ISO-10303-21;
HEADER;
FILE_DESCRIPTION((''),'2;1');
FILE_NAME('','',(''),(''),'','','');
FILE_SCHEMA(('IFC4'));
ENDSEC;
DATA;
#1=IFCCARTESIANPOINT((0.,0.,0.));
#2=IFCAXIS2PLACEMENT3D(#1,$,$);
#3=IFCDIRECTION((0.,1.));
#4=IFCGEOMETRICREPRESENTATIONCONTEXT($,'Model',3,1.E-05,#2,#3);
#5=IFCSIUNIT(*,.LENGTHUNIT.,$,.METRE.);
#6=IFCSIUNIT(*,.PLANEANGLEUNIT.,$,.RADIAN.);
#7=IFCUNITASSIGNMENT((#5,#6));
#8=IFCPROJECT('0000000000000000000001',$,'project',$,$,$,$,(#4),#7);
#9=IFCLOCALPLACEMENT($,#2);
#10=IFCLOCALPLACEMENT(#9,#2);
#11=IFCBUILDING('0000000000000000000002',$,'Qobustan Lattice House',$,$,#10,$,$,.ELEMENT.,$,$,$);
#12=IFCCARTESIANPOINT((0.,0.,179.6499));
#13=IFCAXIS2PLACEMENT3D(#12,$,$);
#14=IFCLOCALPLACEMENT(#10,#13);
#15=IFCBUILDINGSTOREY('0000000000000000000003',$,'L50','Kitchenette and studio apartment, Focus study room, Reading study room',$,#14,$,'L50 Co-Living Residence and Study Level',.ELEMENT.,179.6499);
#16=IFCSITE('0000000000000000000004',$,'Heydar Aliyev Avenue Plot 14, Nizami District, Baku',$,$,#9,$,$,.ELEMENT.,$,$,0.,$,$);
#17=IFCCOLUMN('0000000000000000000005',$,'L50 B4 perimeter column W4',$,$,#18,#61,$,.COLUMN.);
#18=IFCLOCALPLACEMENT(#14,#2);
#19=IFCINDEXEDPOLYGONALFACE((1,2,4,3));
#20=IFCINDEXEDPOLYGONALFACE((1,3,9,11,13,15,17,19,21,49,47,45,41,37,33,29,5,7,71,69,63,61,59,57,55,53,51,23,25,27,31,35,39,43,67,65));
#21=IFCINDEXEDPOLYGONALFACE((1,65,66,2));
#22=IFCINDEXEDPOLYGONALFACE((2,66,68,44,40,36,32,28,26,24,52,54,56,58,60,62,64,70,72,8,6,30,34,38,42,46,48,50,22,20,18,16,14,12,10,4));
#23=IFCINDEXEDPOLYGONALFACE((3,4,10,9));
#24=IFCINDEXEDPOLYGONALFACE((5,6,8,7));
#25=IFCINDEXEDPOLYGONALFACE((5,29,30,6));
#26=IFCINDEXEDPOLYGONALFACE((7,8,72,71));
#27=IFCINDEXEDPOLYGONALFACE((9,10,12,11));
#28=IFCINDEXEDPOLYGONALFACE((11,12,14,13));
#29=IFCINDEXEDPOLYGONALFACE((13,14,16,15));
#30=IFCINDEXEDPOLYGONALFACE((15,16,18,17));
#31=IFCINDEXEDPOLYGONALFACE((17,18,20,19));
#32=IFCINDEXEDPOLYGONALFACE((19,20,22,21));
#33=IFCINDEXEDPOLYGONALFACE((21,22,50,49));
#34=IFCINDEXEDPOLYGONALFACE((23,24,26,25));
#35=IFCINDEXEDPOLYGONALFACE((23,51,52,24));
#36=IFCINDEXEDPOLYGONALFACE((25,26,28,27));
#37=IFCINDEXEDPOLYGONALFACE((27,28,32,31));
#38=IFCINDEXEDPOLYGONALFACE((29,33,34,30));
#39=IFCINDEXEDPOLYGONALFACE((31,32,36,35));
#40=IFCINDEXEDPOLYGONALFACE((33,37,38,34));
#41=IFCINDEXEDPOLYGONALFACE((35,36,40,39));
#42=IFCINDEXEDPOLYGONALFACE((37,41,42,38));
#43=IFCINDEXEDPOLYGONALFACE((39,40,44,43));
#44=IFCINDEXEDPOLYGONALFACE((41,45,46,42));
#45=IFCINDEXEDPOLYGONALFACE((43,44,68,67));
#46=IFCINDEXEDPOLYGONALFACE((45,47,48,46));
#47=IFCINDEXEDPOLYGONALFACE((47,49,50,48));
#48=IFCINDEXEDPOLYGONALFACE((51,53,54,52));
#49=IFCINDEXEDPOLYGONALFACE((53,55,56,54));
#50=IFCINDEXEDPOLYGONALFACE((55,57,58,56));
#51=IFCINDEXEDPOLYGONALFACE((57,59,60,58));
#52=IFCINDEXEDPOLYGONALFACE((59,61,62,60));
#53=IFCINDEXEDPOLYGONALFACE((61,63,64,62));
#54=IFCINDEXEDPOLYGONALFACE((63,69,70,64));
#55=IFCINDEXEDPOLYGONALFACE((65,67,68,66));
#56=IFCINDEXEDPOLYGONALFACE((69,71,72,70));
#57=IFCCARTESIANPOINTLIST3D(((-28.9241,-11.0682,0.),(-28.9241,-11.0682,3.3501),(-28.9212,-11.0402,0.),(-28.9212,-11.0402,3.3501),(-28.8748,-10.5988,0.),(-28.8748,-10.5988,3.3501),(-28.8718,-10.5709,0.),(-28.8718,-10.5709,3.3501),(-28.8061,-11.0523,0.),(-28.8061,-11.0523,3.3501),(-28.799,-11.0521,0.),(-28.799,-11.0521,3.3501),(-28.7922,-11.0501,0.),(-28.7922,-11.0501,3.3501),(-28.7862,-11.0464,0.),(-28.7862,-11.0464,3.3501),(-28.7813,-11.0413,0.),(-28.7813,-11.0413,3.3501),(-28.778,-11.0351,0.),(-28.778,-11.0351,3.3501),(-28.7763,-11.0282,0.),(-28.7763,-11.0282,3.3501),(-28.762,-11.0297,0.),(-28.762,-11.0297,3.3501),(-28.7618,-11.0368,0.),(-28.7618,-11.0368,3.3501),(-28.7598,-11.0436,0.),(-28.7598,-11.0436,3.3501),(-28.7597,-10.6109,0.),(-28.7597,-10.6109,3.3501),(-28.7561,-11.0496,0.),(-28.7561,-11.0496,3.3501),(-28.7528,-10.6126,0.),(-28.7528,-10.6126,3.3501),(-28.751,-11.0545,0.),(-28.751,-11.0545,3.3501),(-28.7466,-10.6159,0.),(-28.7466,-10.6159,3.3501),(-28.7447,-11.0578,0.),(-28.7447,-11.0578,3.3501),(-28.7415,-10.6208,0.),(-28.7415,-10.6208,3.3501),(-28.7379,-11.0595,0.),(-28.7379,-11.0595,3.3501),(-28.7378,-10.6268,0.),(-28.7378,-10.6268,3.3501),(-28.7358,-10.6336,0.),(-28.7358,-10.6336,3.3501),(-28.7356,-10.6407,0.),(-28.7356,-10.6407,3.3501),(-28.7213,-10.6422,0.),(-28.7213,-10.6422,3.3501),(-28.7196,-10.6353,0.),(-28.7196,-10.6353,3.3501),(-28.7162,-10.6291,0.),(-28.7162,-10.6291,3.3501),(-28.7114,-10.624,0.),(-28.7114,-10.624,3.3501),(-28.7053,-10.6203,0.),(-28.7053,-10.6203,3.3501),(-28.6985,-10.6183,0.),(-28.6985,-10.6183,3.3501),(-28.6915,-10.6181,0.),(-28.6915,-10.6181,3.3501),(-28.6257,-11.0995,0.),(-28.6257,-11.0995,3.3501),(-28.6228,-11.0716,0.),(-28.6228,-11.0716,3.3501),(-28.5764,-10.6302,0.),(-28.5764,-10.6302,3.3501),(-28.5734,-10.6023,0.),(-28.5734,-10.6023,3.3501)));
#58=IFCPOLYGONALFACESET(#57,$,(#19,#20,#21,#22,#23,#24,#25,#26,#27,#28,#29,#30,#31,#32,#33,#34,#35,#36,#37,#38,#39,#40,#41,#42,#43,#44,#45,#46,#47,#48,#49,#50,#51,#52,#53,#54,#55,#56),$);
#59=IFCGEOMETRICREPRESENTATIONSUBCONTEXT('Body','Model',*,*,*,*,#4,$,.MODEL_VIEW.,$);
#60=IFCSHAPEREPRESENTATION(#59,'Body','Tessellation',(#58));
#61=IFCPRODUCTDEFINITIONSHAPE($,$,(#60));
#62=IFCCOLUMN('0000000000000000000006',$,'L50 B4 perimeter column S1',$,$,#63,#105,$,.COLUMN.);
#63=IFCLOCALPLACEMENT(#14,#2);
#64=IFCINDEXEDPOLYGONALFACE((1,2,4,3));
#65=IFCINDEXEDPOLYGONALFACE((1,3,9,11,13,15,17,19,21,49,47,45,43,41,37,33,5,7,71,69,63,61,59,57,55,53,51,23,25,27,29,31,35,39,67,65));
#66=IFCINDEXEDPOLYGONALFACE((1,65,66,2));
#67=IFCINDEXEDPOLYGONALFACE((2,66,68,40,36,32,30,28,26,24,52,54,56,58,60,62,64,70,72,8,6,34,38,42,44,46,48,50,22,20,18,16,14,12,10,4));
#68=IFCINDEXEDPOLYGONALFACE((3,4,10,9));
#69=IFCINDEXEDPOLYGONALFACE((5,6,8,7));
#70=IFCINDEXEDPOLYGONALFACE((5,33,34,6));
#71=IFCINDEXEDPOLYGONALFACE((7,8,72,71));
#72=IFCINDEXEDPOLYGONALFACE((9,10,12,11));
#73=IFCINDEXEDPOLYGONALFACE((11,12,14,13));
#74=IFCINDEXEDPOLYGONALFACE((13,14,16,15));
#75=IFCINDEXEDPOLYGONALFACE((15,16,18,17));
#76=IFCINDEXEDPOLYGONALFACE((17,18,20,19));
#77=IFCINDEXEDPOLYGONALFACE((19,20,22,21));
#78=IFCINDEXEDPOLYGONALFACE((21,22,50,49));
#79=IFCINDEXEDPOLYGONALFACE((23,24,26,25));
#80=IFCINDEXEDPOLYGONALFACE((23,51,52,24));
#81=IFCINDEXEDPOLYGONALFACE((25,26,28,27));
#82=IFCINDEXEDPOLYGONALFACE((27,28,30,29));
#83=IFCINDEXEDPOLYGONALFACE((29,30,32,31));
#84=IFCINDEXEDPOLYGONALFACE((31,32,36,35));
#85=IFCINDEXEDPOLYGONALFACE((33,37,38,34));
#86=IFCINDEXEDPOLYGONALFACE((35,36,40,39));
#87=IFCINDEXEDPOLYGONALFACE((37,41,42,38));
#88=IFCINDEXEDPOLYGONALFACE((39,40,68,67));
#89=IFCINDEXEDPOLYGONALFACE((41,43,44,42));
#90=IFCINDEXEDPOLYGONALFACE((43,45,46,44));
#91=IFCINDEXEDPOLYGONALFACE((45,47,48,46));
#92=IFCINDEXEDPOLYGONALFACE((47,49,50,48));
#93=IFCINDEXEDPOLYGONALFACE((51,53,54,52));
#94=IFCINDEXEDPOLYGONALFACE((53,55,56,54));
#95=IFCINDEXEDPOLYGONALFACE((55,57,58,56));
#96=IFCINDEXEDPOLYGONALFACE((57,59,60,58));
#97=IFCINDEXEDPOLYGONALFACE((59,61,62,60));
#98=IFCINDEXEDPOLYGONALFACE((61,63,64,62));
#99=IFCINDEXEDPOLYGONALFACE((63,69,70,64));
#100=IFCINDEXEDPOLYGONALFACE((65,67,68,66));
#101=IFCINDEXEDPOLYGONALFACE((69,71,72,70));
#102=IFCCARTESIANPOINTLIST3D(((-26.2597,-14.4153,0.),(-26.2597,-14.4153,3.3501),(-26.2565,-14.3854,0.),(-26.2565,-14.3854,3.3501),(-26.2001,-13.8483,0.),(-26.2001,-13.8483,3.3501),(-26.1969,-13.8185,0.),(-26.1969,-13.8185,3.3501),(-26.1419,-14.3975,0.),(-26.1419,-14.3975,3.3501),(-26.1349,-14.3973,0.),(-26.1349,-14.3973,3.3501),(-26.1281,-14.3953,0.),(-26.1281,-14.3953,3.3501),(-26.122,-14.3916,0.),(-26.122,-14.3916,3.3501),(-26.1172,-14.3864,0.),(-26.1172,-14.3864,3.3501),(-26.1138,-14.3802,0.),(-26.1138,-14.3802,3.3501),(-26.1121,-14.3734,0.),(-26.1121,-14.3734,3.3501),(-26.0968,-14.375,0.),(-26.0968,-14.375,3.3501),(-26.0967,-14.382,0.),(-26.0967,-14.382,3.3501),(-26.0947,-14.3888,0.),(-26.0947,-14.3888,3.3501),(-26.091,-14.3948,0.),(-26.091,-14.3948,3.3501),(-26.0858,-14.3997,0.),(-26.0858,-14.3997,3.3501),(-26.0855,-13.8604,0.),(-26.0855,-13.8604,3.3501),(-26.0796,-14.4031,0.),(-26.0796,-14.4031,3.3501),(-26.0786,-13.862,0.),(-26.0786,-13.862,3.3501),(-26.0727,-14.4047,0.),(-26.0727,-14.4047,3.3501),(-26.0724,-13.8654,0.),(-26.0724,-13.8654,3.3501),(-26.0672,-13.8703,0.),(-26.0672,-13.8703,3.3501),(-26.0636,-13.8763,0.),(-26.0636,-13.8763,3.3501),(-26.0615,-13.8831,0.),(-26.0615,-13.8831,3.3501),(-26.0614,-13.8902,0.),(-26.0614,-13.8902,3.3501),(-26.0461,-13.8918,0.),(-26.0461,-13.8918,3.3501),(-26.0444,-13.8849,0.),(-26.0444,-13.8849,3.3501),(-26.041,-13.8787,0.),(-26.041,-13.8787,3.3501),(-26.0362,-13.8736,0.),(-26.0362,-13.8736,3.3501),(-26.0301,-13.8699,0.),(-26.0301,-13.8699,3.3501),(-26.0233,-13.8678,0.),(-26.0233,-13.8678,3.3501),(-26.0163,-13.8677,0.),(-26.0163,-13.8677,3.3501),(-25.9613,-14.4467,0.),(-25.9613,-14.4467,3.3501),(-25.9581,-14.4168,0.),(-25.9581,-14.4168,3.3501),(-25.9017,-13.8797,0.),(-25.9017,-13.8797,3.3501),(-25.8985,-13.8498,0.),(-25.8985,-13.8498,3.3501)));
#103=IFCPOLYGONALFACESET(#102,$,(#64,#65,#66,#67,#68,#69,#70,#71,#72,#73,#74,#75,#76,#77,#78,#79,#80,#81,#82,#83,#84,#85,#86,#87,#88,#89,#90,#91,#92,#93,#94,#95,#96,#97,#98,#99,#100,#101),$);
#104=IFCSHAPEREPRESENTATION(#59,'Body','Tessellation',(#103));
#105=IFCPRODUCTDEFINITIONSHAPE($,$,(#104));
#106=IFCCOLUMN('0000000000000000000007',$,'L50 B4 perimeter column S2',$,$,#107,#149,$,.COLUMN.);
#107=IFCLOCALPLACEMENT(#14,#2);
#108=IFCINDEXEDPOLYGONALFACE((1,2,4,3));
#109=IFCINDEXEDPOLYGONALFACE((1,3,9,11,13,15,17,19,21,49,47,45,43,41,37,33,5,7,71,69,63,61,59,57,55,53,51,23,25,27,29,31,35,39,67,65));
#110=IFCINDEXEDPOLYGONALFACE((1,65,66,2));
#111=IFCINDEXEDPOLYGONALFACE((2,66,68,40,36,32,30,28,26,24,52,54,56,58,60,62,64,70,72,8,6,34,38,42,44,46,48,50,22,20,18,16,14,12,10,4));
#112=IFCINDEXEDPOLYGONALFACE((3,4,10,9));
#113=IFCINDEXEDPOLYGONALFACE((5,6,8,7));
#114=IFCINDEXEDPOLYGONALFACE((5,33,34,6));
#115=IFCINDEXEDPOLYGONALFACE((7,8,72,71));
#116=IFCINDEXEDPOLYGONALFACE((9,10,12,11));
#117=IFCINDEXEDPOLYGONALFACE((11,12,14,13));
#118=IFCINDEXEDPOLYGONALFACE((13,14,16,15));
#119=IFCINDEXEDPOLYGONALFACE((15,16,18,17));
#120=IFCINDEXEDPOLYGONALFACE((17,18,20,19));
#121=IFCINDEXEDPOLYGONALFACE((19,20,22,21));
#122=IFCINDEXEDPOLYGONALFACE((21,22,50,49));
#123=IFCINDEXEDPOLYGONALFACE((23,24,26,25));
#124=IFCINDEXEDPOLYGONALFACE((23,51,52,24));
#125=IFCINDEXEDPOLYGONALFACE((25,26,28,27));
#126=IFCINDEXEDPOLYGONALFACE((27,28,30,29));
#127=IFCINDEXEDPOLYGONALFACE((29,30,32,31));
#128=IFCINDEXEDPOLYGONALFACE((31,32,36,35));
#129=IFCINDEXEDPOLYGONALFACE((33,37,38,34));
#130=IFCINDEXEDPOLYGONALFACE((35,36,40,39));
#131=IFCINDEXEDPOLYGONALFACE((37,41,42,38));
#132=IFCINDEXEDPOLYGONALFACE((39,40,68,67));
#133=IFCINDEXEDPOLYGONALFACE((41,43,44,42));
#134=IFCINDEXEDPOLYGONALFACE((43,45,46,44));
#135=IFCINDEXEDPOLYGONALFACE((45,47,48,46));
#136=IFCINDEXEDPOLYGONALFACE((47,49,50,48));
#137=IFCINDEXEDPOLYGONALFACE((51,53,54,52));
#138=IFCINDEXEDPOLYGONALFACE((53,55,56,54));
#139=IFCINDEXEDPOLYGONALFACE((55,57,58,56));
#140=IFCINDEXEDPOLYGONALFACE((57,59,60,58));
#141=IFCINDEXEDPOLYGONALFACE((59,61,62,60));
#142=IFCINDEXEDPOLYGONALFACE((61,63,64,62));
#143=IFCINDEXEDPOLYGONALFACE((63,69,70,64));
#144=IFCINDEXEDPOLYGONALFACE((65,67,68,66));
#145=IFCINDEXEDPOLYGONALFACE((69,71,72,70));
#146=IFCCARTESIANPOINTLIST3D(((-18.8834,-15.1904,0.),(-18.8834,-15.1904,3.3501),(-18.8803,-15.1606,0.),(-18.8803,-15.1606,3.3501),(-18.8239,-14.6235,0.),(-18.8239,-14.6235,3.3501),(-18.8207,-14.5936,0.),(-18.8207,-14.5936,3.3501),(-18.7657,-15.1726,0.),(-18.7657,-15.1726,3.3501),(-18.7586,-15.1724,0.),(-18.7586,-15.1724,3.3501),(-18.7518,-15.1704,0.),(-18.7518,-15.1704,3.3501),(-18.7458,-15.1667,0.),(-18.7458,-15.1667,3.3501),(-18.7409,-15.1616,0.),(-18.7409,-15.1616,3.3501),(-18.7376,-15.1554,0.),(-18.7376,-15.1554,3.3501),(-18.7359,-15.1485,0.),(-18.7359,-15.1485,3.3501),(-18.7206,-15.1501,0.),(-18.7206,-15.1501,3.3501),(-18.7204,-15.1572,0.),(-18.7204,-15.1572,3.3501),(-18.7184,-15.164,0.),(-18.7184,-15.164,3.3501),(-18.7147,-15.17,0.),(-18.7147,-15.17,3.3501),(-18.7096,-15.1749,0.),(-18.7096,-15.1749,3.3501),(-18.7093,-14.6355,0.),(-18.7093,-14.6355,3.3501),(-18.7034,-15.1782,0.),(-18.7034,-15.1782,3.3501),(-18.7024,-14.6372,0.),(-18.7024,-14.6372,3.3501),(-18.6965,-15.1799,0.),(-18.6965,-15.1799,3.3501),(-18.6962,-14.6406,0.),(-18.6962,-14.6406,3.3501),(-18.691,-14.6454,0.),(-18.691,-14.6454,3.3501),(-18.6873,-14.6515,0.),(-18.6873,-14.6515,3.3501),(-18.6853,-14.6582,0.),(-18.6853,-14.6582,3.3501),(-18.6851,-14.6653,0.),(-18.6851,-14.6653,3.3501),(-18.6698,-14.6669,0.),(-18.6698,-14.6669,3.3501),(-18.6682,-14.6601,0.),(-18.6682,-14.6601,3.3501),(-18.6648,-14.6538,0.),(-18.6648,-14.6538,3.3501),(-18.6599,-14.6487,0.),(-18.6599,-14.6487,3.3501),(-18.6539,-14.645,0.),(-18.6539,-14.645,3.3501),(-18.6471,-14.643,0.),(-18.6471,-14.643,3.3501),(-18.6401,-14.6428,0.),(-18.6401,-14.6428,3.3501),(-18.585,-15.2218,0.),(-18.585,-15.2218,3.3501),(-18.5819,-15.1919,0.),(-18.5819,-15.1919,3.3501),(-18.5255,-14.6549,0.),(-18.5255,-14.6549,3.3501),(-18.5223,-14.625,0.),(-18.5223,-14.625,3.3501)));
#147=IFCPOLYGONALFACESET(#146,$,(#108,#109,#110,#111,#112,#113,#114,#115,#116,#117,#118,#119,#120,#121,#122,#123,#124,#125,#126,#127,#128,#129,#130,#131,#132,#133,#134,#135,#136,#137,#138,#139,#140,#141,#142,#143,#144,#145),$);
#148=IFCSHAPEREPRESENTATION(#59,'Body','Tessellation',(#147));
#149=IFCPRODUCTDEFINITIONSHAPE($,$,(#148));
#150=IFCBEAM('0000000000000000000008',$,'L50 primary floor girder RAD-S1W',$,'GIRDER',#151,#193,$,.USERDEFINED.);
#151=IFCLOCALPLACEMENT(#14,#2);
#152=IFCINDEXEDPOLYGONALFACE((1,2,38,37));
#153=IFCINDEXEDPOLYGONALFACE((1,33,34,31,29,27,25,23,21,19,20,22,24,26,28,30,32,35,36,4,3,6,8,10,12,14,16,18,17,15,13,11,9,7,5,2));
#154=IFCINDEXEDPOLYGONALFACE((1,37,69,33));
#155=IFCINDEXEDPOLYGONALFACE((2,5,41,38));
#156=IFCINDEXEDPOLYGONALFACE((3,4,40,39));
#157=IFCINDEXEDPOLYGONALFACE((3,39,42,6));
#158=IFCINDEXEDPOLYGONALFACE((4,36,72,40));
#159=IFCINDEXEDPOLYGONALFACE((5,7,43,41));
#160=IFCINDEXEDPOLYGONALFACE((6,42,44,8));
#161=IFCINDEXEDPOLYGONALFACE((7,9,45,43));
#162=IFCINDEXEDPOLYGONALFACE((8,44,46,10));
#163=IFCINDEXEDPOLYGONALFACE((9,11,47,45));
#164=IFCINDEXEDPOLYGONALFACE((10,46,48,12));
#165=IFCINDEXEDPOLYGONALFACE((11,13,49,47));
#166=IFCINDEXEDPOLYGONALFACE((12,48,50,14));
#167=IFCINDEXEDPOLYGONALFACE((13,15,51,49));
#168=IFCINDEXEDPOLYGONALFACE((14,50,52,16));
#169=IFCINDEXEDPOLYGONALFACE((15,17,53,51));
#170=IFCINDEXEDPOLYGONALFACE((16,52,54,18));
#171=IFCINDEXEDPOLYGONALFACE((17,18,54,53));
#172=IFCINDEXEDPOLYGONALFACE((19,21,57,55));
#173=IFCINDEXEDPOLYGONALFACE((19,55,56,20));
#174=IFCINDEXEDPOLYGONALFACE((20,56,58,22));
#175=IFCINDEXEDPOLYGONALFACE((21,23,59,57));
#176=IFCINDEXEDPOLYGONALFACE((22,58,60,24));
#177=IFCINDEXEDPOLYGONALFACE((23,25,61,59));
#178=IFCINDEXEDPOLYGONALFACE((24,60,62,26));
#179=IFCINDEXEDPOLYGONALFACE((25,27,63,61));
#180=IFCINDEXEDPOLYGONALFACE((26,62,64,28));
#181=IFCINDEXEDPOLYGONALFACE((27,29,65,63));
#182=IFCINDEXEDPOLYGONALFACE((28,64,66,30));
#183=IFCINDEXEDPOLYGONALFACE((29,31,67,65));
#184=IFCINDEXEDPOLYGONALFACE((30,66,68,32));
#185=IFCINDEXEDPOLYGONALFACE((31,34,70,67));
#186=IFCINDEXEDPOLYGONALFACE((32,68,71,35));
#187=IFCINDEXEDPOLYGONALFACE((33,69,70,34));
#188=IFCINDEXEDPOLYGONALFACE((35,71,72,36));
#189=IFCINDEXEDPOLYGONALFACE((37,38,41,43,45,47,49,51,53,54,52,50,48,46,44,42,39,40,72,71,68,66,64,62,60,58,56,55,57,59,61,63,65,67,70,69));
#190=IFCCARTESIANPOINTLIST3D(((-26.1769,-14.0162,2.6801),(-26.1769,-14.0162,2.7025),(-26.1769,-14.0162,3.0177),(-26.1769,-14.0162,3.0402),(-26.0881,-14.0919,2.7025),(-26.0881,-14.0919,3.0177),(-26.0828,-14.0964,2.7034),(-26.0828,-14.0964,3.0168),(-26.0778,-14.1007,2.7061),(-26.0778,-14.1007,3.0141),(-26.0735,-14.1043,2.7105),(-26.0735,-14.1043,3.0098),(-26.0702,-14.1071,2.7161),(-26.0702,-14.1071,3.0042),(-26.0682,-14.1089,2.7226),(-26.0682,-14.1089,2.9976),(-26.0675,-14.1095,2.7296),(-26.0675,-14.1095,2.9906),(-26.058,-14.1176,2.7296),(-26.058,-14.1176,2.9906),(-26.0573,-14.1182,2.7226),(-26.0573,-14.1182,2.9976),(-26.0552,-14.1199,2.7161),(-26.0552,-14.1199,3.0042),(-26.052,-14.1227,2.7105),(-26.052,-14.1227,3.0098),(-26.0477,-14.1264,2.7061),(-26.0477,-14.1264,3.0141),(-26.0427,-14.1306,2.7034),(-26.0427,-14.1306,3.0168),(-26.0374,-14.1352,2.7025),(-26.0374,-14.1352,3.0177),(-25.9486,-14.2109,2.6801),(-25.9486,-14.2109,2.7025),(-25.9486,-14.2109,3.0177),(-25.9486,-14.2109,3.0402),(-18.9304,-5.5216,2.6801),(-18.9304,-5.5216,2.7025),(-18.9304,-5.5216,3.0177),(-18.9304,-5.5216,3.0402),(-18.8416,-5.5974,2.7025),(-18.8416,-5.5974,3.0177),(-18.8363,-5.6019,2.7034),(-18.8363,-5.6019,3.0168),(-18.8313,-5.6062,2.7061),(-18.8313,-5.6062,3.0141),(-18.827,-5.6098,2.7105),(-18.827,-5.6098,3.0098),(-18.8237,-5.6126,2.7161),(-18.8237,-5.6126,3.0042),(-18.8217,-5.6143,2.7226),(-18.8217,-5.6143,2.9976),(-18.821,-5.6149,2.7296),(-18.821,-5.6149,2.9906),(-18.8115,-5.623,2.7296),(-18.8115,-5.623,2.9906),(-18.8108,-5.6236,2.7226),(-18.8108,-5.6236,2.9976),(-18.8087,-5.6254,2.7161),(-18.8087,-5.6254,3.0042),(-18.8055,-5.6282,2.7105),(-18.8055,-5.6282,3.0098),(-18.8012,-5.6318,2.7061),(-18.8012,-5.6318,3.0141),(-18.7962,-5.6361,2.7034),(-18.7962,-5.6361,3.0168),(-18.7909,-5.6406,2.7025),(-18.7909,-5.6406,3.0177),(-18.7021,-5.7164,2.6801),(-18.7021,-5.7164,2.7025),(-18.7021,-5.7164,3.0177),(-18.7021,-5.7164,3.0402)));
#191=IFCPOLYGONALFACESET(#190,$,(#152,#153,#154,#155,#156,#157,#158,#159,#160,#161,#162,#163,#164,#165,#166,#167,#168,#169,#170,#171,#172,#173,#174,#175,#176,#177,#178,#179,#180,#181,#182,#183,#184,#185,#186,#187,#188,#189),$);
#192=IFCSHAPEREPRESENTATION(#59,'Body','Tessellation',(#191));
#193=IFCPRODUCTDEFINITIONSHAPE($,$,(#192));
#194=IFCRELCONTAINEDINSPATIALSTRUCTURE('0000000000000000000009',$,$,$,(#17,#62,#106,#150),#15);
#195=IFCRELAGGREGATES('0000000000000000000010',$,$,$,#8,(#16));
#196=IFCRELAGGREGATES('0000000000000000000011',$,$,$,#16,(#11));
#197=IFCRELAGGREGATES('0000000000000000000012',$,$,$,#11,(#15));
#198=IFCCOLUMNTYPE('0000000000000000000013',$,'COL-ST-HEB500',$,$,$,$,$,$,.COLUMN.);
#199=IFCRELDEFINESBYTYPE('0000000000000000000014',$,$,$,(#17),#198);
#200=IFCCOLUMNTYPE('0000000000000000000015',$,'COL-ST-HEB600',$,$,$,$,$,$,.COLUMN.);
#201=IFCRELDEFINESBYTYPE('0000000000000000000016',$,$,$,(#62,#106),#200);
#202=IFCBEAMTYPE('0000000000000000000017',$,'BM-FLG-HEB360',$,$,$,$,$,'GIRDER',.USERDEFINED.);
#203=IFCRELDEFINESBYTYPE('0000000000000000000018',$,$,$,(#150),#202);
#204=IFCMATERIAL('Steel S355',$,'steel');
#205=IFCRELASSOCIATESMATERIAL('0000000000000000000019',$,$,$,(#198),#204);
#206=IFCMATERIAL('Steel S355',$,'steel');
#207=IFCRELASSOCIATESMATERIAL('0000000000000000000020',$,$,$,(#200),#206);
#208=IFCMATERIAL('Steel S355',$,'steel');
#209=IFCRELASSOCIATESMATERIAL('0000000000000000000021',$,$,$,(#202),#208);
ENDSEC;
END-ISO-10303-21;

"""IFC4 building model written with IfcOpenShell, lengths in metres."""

from ifc_helpers import new_model, si_unit, direction, frame, origin, origin_2d, place, context, subcontext, project, spatial, i_section, extrude, material, material_profile, profile_set, type_object, element, save


model = new_model("IFC4")

# Units and contexts
model_context = context("Model", 3, precision=1e-05, world=origin(), true_north=direction((0.0, 1.0)))
body_context = subcontext(model_context, "Body", "Model", "MODEL_VIEW")
ifc_project = project(units=[si_unit("LENGTHUNIT", "METRE"), si_unit("PLANEANGLEUNIT", "RADIAN")], contexts=[model_context])

# Site, building, storey
site_placement = place(None, origin())
site = spatial("IfcSite", under=ifc_project, at=site_placement, Name="Heydar Aliyev Avenue Plot 14, Nizami District, Baku", CompositionType="ELEMENT", RefElevation=0.0)
building_placement = place(site_placement, origin())
building = spatial("IfcBuilding", under=site, at=building_placement, Name="Qobustan Lattice House", CompositionType="ELEMENT")
storey_placement = place(building_placement, frame((0.0, 0.0, 179.6499)))
storey = spatial("IfcBuildingStorey", under=building, at=storey_placement, Name="L50", Description="Kitchenette and studio apartment, Focus study room, Reading study room", LongName="L50 Co-Living Residence and Study Level", CompositionType="ELEMENT", Elevation=179.6499)

# Columns
ifc_material_1 = material(Name="Steel S355", Category="steel")
ifc_material_profile_1 = material_profile(ifc_material_1, i_section(OverallWidth=0.3, OverallDepth=0.5, WebThickness=0.0144, FlangeThickness=0.0281, FilletRadius=0.0271, at=origin_2d()), Name="HEB500")
ifc_profile_set_1 = profile_set([ifc_material_profile_1], Name="Steel S355")
column_type_1 = type_object("IfcColumnType", Name="COL-ST-HEB500", PredefinedType="COLUMN", material=ifc_profile_set_1)
column_placement = place(storey_placement, frame((-28.7488, -10.8352, 0.0), z_axis=(0.0, 0.0, 1.0), x_axis=(0.994522, -0.104528, 0.0)))
element("IfcColumn", 1, at=column_placement, inside=storey, type_object=column_type_1, Name="L50 B4 perimeter column W4", PredefinedType="COLUMN", context=body_context, shape_type="SweptSolid", body=[
    extrude(i_section(OverallWidth=0.3, OverallDepth=0.5, WebThickness=0.0144, FlangeThickness=0.0281, FilletRadius=0.0271, at=origin_2d()), origin(), (0.0, 0.0, 1.0), 3.3501),
])
ifc_material_2 = material(Name="Steel S355", Category="steel")
ifc_material_profile_2 = material_profile(ifc_material_2, i_section(OverallWidth=0.3, OverallDepth=0.6001, WebThickness=0.0154, FlangeThickness=0.03, FilletRadius=0.0271, at=origin_2d()), Name="HEB600")
ifc_profile_set_2 = profile_set([ifc_material_profile_2], Name="Steel S355")
column_type_2 = type_object("IfcColumnType", Name="COL-ST-HEB600", PredefinedType="COLUMN", material=ifc_profile_set_2)
for number, where, z_axis, x_axis, name in (
    (2, (-26.0791, -14.1326, 0.0), (0.0, 0.0, 1.0), (0.994522, -0.104528, 0.0), "L50 B4 perimeter column S1"),
    (3, (-18.7029, -14.9077, 0.0), (0.0, 0.0, 1.0), (0.994522, -0.104528, 0.0), "L50 B4 perimeter column S2"),
):
    element("IfcColumn", number, at=place(storey_placement, frame(where, z_axis=z_axis, x_axis=x_axis)), inside=storey, type_object=column_type_2, Name=name, PredefinedType="COLUMN", context=body_context, shape_type="SweptSolid", body=[
        extrude(i_section(OverallWidth=0.3, OverallDepth=0.6001, WebThickness=0.0154, FlangeThickness=0.03, FilletRadius=0.0271, at=origin_2d()), origin(), (0.0, 0.0, 1.0), 3.3501),
    ])

# Beam
ifc_material_3 = material(Name="Steel S355", Category="steel")
ifc_material_profile_3 = material_profile(ifc_material_3, i_section(OverallWidth=0.3, OverallDepth=0.3601, WebThickness=0.0125, FlangeThickness=0.0225, FilletRadius=0.0271, at=origin_2d()), Name="HEB360")
ifc_profile_set_3 = profile_set([ifc_material_profile_3], Name="Steel S355")
beam_type_1 = type_object("IfcBeamType", Name="BM-FLG-HEB360", ElementType="GIRDER", PredefinedType="USERDEFINED", material=ifc_profile_set_3)
beam_1_placement = place(storey_placement, frame((-26.0627, -14.1135, 2.8601), z_axis=(0.649007, 0.760783, 0.0), x_axis=(-0.760783, 0.649007, 0.0)))
element("IfcBeam", 4, at=beam_1_placement, inside=storey, type_object=beam_type_1, Name="L50 primary floor girder RAD-S1W", ObjectType="GIRDER", PredefinedType="USERDEFINED", context=body_context, shape_type="SweptSolid", body=[
    extrude(i_section(OverallWidth=0.3, OverallDepth=0.3601, WebThickness=0.0125, FlangeThickness=0.0225, FilletRadius=0.0271, at=origin_2d()), origin(), (0.0, 0.0, 1.0), 11.1655),
])

save(model, "model.ifc")
